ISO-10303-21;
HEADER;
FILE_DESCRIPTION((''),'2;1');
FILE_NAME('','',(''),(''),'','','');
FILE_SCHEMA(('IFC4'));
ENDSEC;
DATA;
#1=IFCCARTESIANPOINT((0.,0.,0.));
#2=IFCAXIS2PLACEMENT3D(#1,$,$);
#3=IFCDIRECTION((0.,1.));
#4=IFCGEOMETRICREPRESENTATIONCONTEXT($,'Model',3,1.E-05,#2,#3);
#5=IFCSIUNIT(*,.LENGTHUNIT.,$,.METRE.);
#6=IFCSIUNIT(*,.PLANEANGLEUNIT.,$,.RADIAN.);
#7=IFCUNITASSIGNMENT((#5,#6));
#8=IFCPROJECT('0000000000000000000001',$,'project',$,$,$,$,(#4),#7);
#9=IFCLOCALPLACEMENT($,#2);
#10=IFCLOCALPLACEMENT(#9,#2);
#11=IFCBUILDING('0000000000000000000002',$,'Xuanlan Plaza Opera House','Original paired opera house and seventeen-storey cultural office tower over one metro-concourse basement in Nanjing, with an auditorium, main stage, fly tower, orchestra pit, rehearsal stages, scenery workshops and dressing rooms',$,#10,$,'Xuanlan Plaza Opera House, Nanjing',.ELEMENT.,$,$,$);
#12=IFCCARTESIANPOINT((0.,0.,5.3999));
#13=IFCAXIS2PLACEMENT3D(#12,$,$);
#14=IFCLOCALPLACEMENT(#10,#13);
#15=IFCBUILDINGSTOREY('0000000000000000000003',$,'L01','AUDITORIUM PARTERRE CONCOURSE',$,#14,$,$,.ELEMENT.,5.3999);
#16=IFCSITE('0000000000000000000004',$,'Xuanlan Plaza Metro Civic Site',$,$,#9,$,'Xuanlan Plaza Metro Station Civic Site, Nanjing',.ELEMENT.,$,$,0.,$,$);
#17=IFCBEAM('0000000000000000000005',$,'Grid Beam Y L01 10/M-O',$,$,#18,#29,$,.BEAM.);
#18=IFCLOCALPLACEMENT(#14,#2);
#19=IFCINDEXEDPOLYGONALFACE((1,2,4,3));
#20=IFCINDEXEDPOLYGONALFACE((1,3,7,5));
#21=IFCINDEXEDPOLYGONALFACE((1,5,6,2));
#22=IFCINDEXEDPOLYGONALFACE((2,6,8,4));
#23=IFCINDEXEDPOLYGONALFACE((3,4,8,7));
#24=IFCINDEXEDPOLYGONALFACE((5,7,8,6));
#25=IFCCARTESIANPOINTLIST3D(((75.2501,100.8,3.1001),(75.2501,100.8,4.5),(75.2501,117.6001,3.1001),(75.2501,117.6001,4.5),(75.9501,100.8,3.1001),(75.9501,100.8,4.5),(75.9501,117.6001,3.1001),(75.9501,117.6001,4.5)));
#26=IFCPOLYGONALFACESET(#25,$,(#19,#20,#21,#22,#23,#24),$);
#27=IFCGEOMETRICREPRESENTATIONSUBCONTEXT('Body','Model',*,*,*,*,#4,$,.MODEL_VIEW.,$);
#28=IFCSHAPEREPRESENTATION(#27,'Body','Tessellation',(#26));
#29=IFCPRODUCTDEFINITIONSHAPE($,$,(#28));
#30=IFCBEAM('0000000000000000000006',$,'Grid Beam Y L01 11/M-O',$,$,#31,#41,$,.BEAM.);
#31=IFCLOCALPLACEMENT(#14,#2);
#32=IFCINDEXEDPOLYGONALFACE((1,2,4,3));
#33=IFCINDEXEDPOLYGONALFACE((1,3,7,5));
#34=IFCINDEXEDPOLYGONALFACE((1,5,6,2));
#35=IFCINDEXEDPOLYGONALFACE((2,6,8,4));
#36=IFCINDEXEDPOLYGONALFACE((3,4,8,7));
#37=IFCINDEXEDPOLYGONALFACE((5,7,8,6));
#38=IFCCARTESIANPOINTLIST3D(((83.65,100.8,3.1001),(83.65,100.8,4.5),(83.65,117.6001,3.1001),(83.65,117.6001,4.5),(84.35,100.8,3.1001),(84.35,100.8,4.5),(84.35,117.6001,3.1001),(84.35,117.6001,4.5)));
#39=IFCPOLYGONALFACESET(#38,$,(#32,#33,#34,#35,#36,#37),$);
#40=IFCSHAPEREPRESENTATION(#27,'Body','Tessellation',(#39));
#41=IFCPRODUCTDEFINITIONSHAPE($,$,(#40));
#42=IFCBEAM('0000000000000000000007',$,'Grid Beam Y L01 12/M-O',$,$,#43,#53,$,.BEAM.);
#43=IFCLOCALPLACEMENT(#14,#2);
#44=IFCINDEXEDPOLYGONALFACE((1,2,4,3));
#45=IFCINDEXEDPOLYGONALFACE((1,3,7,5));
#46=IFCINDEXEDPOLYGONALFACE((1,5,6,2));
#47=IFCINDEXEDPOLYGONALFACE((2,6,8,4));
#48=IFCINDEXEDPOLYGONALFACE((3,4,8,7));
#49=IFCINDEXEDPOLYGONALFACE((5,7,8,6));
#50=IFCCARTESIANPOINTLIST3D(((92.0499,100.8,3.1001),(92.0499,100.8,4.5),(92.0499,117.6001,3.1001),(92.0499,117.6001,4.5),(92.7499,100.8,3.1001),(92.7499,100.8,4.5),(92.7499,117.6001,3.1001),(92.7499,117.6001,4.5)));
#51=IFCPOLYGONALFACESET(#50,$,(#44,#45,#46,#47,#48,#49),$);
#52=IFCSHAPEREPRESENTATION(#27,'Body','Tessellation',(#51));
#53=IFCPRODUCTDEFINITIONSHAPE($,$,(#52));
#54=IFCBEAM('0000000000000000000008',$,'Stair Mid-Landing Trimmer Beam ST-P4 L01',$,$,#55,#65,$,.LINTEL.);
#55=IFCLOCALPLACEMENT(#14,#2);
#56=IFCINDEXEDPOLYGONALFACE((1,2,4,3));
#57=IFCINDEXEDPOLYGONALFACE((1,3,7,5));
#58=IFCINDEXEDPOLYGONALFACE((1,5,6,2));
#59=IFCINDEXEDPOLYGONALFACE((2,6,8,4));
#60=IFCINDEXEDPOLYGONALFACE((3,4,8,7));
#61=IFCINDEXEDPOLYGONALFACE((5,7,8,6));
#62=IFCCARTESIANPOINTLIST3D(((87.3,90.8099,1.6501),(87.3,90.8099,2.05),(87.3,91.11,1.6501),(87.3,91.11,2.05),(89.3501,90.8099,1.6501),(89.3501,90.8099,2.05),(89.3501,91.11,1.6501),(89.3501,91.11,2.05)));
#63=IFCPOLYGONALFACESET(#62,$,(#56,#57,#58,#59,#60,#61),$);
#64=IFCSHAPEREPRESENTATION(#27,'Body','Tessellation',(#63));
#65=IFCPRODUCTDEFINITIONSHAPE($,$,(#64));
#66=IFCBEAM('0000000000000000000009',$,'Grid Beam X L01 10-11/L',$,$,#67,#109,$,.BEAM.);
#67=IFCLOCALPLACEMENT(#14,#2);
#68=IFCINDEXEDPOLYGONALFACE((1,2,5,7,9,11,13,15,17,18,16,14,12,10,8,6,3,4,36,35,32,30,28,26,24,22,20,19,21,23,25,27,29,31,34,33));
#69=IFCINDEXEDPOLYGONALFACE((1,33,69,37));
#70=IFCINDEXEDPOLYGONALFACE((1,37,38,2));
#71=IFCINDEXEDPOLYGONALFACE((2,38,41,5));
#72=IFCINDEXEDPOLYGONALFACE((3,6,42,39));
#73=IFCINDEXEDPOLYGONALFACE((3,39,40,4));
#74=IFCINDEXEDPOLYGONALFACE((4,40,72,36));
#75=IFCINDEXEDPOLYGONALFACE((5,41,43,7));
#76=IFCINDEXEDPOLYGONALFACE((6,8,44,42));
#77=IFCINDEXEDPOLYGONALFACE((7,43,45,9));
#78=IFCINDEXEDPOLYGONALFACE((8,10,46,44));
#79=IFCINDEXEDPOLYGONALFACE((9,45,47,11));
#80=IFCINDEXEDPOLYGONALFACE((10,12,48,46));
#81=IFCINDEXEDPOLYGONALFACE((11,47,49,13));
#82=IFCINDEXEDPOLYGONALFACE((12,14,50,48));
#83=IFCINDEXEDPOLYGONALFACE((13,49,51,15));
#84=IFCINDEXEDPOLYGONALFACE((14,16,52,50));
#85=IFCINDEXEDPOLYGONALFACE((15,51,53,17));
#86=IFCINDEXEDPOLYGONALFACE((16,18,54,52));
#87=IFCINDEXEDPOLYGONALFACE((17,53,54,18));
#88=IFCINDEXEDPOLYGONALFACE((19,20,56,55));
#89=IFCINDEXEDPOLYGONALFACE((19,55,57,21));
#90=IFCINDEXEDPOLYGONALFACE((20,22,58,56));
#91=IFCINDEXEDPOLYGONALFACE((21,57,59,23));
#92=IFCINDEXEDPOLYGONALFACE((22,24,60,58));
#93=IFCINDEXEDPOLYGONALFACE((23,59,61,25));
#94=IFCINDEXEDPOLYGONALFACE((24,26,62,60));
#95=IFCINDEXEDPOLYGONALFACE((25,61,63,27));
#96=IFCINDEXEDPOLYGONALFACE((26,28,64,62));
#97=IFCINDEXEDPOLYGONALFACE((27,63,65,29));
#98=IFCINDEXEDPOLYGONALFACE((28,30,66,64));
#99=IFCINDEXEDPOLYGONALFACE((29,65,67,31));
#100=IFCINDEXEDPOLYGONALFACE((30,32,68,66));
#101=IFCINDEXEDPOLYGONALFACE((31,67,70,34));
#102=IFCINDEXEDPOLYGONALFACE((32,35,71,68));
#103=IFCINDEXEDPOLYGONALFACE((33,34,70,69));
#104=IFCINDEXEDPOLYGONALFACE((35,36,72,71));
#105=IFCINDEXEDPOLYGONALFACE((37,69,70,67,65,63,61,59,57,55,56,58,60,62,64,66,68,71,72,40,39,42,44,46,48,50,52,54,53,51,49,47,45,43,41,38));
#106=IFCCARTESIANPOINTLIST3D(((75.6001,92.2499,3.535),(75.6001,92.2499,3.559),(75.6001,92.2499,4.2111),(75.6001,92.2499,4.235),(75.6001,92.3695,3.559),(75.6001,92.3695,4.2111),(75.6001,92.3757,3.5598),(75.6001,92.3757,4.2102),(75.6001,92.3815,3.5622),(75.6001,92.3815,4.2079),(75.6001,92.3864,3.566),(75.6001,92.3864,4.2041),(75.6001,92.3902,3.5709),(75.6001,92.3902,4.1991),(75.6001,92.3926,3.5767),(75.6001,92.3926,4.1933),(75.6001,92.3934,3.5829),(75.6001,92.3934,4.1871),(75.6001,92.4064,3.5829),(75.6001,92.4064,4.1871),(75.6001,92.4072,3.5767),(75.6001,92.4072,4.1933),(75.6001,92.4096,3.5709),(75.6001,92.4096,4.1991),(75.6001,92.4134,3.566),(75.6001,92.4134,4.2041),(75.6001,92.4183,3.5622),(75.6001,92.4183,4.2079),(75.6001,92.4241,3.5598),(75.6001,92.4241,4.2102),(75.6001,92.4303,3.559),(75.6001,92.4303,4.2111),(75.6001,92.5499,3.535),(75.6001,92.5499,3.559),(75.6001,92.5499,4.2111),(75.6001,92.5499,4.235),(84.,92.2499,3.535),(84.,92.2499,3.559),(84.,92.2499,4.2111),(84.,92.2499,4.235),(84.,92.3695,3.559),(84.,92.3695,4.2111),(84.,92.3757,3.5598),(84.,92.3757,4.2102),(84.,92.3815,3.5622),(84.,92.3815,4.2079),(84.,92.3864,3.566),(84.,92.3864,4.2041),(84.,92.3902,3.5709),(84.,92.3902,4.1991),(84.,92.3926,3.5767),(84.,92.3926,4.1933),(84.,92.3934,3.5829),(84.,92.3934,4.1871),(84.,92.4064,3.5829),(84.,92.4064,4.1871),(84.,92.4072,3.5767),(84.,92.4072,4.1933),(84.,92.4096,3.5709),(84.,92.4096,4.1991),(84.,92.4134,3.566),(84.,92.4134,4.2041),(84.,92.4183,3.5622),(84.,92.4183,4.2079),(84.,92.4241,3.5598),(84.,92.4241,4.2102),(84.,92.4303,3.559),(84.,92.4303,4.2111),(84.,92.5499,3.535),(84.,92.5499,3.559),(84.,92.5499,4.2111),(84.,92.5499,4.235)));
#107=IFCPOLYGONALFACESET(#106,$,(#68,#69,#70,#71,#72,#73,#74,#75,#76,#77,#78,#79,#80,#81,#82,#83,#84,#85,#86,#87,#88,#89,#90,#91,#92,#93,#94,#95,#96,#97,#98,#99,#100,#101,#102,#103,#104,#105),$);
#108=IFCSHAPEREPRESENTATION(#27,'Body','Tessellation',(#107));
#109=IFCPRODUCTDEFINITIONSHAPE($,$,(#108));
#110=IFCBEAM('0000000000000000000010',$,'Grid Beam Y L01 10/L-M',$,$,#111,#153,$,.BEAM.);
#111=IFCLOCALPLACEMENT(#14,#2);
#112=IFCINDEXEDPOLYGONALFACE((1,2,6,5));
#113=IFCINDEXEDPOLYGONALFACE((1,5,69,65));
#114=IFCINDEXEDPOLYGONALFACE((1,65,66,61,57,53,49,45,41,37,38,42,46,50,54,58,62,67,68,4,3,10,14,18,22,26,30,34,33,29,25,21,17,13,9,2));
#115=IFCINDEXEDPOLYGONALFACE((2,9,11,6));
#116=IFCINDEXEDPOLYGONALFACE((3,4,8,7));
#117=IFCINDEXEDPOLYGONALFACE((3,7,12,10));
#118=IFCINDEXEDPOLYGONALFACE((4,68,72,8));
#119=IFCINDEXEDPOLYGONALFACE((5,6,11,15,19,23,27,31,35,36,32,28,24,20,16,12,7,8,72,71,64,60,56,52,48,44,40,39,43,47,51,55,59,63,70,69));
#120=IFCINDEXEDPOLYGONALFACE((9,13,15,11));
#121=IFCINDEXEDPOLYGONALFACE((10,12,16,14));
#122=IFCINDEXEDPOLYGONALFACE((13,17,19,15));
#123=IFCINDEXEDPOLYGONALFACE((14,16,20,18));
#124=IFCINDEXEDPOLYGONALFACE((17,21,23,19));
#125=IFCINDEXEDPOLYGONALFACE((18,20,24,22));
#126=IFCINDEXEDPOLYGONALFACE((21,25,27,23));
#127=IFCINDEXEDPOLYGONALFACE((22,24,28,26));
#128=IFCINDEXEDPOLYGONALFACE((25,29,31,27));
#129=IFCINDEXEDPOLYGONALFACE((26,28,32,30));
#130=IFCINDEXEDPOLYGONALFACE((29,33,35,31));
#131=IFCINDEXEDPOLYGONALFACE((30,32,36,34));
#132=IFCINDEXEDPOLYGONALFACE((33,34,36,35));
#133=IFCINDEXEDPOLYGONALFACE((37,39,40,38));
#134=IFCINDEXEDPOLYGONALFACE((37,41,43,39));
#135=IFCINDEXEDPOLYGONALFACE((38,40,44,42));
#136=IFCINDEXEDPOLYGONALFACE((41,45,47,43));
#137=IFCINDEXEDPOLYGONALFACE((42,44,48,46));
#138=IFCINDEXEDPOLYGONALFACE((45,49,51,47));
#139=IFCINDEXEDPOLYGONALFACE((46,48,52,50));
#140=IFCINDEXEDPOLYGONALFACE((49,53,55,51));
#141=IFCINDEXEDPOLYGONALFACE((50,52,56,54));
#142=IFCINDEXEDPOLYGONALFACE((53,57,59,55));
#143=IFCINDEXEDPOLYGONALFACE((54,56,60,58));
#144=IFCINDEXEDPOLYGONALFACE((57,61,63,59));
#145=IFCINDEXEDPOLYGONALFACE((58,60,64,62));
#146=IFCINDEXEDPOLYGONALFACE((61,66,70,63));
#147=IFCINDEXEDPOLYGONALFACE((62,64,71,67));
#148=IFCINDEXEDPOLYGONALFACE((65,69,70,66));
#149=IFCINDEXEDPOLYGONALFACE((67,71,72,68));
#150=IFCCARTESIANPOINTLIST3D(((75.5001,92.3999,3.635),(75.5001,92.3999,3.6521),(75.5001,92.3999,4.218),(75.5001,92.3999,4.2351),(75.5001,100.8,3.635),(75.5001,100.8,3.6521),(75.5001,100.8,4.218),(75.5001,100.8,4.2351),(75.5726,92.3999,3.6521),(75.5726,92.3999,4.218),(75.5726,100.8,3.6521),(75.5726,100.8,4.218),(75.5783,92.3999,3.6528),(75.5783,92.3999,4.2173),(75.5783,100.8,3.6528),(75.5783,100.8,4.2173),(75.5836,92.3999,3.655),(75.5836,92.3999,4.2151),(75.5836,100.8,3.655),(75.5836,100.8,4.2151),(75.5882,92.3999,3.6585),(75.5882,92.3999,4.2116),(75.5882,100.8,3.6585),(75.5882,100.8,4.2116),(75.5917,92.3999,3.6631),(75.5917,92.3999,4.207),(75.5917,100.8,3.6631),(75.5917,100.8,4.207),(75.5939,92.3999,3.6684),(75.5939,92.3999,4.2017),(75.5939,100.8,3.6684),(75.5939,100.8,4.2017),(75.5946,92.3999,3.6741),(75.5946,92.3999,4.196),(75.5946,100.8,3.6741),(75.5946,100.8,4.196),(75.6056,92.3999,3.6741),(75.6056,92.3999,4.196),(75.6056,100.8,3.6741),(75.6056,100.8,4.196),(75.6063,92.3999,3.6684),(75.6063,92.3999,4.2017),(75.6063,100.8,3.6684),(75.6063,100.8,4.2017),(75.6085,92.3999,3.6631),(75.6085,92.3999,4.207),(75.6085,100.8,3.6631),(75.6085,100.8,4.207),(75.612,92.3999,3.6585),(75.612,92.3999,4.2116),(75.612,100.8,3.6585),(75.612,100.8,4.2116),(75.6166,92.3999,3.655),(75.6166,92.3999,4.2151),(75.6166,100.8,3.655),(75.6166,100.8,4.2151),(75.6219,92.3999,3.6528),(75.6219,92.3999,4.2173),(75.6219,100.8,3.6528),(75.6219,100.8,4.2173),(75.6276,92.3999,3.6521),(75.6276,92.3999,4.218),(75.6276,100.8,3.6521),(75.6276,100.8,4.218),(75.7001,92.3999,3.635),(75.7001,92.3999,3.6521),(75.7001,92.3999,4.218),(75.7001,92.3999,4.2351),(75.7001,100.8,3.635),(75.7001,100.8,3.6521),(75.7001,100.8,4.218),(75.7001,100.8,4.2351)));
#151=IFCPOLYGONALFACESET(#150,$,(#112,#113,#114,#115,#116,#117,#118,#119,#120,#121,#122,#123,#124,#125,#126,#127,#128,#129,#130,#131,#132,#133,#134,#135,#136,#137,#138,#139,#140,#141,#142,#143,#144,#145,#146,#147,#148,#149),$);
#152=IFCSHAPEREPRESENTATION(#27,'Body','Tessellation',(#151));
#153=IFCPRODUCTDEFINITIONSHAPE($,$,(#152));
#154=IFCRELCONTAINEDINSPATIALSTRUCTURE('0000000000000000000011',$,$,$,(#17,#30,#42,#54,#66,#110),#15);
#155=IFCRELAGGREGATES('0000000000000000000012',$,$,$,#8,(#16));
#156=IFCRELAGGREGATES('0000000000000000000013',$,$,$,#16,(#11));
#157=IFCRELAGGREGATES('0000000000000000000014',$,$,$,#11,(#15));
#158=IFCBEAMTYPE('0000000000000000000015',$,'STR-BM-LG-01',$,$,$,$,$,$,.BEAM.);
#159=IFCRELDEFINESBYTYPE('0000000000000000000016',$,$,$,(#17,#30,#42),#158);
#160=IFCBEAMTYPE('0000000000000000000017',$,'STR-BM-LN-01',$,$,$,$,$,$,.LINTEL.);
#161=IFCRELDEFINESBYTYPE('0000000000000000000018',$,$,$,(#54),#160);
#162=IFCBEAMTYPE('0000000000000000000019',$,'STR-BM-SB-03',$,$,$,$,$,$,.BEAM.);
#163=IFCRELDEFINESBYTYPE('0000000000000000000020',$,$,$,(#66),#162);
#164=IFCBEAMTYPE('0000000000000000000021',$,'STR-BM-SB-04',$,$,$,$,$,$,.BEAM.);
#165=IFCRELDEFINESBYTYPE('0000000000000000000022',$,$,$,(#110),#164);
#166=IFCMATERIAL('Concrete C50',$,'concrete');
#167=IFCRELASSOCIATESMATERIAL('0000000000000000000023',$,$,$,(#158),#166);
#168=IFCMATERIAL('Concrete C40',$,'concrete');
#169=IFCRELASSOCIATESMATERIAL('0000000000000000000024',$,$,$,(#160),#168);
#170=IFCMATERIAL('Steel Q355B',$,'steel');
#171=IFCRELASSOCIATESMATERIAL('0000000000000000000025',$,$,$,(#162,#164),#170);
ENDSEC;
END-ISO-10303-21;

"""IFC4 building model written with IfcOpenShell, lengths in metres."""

from ifc_helpers import new_model, si_unit, direction, frame, origin, origin_2d, place, context, subcontext, project, spatial, rectangle, i_section, extrude, material, material_profile, profile_set, type_object, element, save


model = new_model("IFC4")

# Units and contexts
model_context = context("Model", 3, precision=1e-05, world=origin(), true_north=direction((0.0, 1.0)))
body_context = subcontext(model_context, "Body", "Model", "MODEL_VIEW")
ifc_project = project(units=[si_unit("LENGTHUNIT", "METRE"), si_unit("PLANEANGLEUNIT", "RADIAN")], contexts=[model_context])

# Site, building, storey
site_placement = place(None, origin())
site = spatial("IfcSite", under=ifc_project, at=site_placement, Name="Xuanlan Plaza Metro Civic Site", LongName="Xuanlan Plaza Metro Station Civic Site, Nanjing", CompositionType="ELEMENT", RefElevation=0.0)
building_placement = place(site_placement, origin())
building = spatial("IfcBuilding", under=site, at=building_placement, Name="Xuanlan Plaza Opera House", Description="Original paired opera house and seventeen-storey cultural office tower over one metro-concourse basement in Nanjing, with an auditorium, main stage, fly tower, orchestra pit, rehearsal stages, scenery workshops and dressing rooms", LongName="Xuanlan Plaza Opera House, Nanjing", CompositionType="ELEMENT")
storey_placement = place(building_placement, frame((0.0, 0.0, 5.3999)))
storey = spatial("IfcBuildingStorey", under=building, at=storey_placement, Name="L01", Description="AUDITORIUM PARTERRE CONCOURSE", CompositionType="ELEMENT", Elevation=5.3999)

# Shared definitions
ifc_material_1 = material(Name="Concrete C40", Category="concrete")

# Beams
ifc_material_2 = material(Name="Concrete C50", Category="concrete")
ifc_material_profile_1 = material_profile(ifc_material_2, rectangle(XDim=0.7, YDim=1.3999, at=origin_2d()), Name="RC-LG 700x1400")
ifc_profile_set_1 = profile_set([ifc_material_profile_1], Name="Concrete C50")
beam_type_1 = type_object("IfcBeamType", Name="STR-BM-LG-01", PredefinedType="BEAM", material=ifc_profile_set_1)
for number, where, z_axis, x_axis, name in (
    (1, (75.6001, 100.8, 3.8), (0.0, 1.0, 0.0), (-1.0, 0.0, 0.0), "Grid Beam Y L01 10/M-O"),
    (2, (84.0, 100.8, 3.8), (0.0, 1.0, 0.0), (-1.0, 0.0, 0.0), "Grid Beam Y L01 11/M-O"),
    (3, (92.3999, 100.8, 3.8), (0.0, 1.0, 0.0), (-1.0, 0.0, 0.0), "Grid Beam Y L01 12/M-O"),
):
    element("IfcBeam", number, at=place(storey_placement, frame(where, z_axis=z_axis, x_axis=x_axis)), inside=storey, type_object=beam_type_1, Name=name, PredefinedType="BEAM", context=body_context, shape_type="SweptSolid", body=[
        extrude(rectangle(XDim=0.7, YDim=1.3999, at=origin_2d()), origin(), (0.0, 0.0, 1.0), 16.8),
    ])
ifc_material_profile_2 = material_profile(ifc_material_1, rectangle(XDim=0.3, YDim=0.3999, at=origin_2d()), Name="RC-LNT 300x400")
ifc_profile_set_2 = profile_set([ifc_material_profile_2], Name="Concrete C40")
beam_type_2 = type_object("IfcBeamType", Name="STR-BM-LN-01", PredefinedType="LINTEL", material=ifc_profile_set_2)
beam_1_placement = place(storey_placement, frame((87.3, 90.96, 1.8501), z_axis=(1.0, 0.0, 0.0), x_axis=(0.0, 1.0, 0.0)))
element("IfcBeam", 4, at=beam_1_placement, inside=storey, type_object=beam_type_2, Name="Stair Mid-Landing Trimmer Beam ST-P4 L01", PredefinedType="LINTEL", context=body_context, shape_type="SweptSolid", body=[
    extrude(rectangle(XDim=0.3, YDim=0.3999, at=origin_2d()), origin(), (0.0, 0.0, 1.0), 2.05),
])
ifc_material_3 = material(Name="Steel Q355B", Category="steel")
ifc_material_profile_3 = material_profile(ifc_material_3, i_section(OverallWidth=0.3, OverallDepth=0.7, WebThickness=0.0129, FlangeThickness=0.0239, FilletRadius=0.0239, at=origin_2d()), Name="HN 700x300x13x24")
ifc_profile_set_3 = profile_set([ifc_material_profile_3], Name="Steel Q355B")
beam_type_3 = type_object("IfcBeamType", Name="STR-BM-SB-03", PredefinedType="BEAM", material=ifc_profile_set_3)
beam_2_placement = place(storey_placement, frame((75.6001, 92.3999, 3.885), z_axis=(1.0, 0.0, 0.0), x_axis=(0.0, 1.0, 0.0)))
element("IfcBeam", 5, at=beam_2_placement, inside=storey, type_object=beam_type_3, Name="Grid Beam X L01 10-11/L", PredefinedType="BEAM", context=body_context, shape_type="SweptSolid", body=[
    extrude(i_section(OverallWidth=0.3, OverallDepth=0.7, WebThickness=0.0129, FlangeThickness=0.0239, FilletRadius=0.0239, at=origin_2d()), origin(), (0.0, 0.0, 1.0), 8.3999),
])
ifc_material_profile_4 = material_profile(ifc_material_3, i_section(OverallWidth=0.2, OverallDepth=0.6001, WebThickness=0.011, FlangeThickness=0.0171, FilletRadius=0.022, at=origin_2d()), Name="HN 600x200x11x17")
ifc_profile_set_4 = profile_set([ifc_material_profile_4], Name="Steel Q355B")
beam_type_4 = type_object("IfcBeamType", Name="STR-BM-SB-04", PredefinedType="BEAM", material=ifc_profile_set_4)
beam_3_placement = place(storey_placement, frame((75.6001, 92.3999, 3.9351), z_axis=(0.0, 1.0, 0.0), x_axis=(-1.0, 0.0, 0.0)))
element("IfcBeam", 6, at=beam_3_placement, inside=storey, type_object=beam_type_4, Name="Grid Beam Y L01 10/L-M", PredefinedType="BEAM", context=body_context, shape_type="SweptSolid", body=[
    extrude(i_section(OverallWidth=0.2, OverallDepth=0.6001, WebThickness=0.011, FlangeThickness=0.0171, FilletRadius=0.022, at=origin_2d()), origin(), (0.0, 0.0, 1.0), 8.4001),
])

save(model, "model.ifc")
